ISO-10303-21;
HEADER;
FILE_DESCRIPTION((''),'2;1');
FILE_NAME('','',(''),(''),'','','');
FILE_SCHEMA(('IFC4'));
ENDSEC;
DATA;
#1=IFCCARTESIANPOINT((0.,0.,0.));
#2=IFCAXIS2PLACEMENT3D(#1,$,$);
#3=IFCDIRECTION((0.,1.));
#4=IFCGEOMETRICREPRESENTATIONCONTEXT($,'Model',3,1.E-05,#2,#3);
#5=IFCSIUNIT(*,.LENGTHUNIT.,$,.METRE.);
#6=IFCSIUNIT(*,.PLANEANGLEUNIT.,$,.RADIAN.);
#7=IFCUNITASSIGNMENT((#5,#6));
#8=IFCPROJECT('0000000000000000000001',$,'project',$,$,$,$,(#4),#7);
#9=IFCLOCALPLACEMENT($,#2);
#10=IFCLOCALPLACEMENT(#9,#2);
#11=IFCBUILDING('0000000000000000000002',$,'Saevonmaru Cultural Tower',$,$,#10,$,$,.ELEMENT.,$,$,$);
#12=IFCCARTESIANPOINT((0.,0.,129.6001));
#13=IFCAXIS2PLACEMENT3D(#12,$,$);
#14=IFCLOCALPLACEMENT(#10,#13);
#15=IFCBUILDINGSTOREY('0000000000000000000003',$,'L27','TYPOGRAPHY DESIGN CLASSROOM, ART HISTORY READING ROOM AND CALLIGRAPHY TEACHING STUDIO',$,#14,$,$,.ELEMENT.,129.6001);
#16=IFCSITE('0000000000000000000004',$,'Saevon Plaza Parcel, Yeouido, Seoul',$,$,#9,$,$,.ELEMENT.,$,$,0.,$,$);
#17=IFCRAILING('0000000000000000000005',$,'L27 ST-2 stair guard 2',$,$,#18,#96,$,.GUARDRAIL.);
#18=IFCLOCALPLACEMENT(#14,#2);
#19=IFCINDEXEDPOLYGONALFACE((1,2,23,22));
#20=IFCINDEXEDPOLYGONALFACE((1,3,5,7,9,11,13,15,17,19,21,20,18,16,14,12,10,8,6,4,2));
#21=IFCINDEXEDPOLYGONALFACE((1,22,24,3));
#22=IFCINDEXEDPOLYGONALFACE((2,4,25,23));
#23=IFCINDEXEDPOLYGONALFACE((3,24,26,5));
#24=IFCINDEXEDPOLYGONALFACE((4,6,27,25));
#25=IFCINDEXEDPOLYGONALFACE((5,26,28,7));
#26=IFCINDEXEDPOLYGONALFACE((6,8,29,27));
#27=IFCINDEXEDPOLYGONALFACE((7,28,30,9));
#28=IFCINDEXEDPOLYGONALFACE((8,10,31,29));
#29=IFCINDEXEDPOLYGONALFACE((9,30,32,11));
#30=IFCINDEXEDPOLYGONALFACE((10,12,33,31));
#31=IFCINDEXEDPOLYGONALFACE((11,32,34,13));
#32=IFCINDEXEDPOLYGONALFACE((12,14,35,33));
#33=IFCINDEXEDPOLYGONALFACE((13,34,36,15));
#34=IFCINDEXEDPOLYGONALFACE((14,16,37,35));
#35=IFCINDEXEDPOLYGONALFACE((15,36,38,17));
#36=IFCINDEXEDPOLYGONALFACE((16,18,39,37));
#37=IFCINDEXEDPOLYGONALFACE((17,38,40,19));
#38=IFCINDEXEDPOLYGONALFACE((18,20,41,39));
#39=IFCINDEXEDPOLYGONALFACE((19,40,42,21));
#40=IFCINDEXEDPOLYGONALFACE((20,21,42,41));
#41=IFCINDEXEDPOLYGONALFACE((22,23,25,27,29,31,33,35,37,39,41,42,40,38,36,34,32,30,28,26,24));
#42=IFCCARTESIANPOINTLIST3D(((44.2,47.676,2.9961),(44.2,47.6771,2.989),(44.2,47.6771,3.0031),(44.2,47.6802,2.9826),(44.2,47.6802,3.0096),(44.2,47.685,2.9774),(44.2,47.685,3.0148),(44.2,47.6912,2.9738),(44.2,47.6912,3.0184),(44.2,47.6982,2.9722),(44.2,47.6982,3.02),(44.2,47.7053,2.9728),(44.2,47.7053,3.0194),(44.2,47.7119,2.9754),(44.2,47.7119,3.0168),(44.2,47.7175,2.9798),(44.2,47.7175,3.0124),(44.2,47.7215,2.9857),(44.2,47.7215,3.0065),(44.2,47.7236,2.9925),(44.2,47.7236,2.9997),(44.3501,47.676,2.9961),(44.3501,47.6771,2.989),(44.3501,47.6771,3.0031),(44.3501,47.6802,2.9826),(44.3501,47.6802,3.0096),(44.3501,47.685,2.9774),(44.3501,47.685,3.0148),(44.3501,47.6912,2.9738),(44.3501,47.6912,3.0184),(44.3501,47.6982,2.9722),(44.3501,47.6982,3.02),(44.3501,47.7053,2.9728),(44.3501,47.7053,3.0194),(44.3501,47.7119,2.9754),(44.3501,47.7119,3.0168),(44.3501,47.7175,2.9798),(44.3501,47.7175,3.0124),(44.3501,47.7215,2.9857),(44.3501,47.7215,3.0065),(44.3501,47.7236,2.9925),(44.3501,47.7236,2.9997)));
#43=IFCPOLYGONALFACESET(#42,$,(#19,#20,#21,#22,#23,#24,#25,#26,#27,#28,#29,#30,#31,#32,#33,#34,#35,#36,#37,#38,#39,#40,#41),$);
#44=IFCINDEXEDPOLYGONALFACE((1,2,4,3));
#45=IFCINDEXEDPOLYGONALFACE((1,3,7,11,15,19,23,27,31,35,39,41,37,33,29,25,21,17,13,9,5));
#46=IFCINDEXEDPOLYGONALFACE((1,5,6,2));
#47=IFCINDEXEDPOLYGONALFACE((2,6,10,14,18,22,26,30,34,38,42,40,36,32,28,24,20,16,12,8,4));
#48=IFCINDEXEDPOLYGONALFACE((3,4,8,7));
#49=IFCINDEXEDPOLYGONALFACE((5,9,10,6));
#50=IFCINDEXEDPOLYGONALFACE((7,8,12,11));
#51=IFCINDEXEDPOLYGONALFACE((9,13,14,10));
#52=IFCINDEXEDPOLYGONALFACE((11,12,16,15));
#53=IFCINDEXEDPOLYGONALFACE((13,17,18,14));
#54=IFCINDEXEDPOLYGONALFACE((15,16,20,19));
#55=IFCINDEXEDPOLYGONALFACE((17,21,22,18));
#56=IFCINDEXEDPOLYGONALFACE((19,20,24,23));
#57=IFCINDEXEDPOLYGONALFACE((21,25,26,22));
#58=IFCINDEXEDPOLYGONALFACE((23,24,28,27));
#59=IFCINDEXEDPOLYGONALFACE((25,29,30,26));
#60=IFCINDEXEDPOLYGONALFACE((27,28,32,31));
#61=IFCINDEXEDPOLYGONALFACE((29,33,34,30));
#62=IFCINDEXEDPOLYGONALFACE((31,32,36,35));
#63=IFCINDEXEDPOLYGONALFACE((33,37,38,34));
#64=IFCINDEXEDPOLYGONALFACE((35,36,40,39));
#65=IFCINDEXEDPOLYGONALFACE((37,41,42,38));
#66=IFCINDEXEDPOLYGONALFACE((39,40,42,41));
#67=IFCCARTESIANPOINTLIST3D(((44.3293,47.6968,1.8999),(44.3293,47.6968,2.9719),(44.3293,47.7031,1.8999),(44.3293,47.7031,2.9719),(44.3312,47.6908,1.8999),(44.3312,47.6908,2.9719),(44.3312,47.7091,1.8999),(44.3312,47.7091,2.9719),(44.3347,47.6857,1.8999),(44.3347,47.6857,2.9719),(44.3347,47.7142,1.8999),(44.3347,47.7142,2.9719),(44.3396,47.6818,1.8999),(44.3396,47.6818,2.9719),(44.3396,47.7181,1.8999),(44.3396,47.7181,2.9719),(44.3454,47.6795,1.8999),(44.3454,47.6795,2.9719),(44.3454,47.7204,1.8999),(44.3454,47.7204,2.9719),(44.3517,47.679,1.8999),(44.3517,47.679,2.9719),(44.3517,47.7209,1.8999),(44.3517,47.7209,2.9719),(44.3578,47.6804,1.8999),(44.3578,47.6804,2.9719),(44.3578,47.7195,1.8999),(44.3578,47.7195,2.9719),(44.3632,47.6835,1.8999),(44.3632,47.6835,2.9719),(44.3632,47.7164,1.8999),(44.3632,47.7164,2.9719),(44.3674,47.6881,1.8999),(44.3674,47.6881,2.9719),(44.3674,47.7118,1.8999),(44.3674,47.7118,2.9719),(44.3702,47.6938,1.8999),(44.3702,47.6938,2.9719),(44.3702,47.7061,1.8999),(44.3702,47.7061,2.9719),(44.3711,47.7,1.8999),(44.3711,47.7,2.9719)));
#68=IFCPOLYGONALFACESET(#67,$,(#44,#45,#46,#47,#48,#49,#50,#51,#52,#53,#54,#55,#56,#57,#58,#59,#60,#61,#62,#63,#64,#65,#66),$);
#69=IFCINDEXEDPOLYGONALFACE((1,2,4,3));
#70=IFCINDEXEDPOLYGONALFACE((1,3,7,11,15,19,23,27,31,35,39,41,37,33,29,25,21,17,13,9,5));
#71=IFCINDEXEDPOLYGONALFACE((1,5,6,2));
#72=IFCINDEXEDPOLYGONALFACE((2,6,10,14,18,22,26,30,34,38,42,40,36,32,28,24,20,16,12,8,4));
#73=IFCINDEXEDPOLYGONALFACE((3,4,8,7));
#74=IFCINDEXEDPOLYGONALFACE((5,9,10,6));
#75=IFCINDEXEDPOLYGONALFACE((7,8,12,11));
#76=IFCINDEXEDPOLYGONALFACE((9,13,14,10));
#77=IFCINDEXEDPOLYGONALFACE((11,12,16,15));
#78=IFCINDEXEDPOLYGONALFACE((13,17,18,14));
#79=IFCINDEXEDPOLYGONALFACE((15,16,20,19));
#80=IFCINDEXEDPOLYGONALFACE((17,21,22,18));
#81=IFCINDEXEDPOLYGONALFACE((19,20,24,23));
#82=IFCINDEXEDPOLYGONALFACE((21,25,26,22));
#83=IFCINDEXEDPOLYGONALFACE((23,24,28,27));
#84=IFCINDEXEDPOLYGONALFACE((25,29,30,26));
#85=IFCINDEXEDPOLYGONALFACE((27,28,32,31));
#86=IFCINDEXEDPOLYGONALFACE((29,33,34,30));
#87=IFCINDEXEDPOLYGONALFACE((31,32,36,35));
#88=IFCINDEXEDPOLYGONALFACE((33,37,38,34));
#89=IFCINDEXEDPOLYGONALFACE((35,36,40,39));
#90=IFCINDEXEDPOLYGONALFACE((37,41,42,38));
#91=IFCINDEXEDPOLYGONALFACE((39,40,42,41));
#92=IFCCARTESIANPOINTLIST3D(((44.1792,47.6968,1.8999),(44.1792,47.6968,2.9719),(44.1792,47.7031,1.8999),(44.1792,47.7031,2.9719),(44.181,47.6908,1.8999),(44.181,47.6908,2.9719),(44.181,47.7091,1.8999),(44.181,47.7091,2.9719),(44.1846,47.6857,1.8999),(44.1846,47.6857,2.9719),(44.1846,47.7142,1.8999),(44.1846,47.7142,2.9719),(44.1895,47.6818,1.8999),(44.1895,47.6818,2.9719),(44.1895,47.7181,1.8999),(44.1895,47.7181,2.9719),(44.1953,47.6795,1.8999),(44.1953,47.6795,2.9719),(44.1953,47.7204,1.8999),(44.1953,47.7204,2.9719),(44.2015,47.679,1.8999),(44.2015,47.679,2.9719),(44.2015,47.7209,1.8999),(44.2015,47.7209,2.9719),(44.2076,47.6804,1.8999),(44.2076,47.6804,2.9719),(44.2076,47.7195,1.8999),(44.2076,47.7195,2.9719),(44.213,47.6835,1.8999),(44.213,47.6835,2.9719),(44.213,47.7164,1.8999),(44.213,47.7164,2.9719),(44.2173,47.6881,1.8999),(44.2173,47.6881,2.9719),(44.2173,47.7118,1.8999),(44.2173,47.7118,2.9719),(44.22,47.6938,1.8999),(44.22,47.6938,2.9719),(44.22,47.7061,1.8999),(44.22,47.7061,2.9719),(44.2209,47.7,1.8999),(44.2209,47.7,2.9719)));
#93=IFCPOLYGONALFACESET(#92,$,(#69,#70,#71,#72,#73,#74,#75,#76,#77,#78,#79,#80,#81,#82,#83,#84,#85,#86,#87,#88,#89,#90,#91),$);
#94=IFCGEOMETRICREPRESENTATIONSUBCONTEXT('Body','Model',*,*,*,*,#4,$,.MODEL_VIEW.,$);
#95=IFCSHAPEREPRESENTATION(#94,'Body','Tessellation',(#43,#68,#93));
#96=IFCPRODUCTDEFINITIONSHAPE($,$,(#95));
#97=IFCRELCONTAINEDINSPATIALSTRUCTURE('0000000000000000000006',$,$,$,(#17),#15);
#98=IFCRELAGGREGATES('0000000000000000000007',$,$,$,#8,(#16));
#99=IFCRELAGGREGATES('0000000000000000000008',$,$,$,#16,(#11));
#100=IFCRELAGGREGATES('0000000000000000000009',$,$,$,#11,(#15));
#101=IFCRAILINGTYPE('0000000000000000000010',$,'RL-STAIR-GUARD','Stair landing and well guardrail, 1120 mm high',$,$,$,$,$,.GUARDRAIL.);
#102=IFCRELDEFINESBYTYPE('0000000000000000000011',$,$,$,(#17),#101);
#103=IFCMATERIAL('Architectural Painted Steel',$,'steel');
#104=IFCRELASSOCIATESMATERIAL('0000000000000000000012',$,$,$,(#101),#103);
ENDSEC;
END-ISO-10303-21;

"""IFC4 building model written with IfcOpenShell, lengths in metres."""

from ifc_helpers import new_model, si_unit, direction, frame, origin, origin_2d, place, context, subcontext, project, spatial, circle, extrude, material, type_object, element, save


model = new_model("IFC4")

# Units and contexts
model_context = context("Model", 3, precision=1e-05, world=origin(), true_north=direction((0.0, 1.0)))
body_context = subcontext(model_context, "Body", "Model", "MODEL_VIEW")
ifc_project = project(units=[si_unit("LENGTHUNIT", "METRE"), si_unit("PLANEANGLEUNIT", "RADIAN")], contexts=[model_context])

# Site, building, storey
site_placement = place(None, origin())
site = spatial("IfcSite", under=ifc_project, at=site_placement, Name="Saevon Plaza Parcel, Yeouido, Seoul", CompositionType="ELEMENT", RefElevation=0.0)
building_placement = place(site_placement, origin())
building = spatial("IfcBuilding", under=site, at=building_placement, Name="Saevonmaru Cultural Tower", CompositionType="ELEMENT")
storey_placement = place(building_placement, frame((0.0, 0.0, 129.6001)))
storey = spatial("IfcBuildingStorey", under=building, at=storey_placement, Name="L27", Description="TYPOGRAPHY DESIGN CLASSROOM, ART HISTORY READING ROOM AND CALLIGRAPHY TEACHING STUDIO", CompositionType="ELEMENT", Elevation=129.6001)

# Railing
ifc_material_1 = material(Name="Architectural Painted Steel", Category="steel")
railing_type_1 = type_object("IfcRailingType", Name="RL-STAIR-GUARD", Description="Stair landing and well guardrail, 1120 mm high", PredefinedType="GUARDRAIL", material=ifc_material_1)
railing_1_placement = place(storey_placement, frame((44.3501, 47.7, 1.8999)))
element("IfcRailing", 1, at=railing_1_placement, inside=storey, type_object=railing_type_1, Name="L27 ST-2 stair guard 2", PredefinedType="GUARDRAIL", context=body_context, shape_type="SweptSolid", body=[
    extrude(circle(Radius=0.0239, at=origin_2d()), frame((0.0, 0.0, 1.0962), z_axis=(-1.0, 0.0, 0.0), x_axis=(0.0, -1.0, 0.0)), (0.0, 0.0, 1.0), 0.1501),
    extrude(circle(Radius=0.021, at=origin_2d()), origin(), (0.0, 0.0, 1.0), 1.072),
    extrude(circle(Radius=0.021, at=origin_2d()), frame((-0.1501, 0.0, 0.0)), (0.0, 0.0, 1.0), 1.072),
])

save(model, "model.ifc")
